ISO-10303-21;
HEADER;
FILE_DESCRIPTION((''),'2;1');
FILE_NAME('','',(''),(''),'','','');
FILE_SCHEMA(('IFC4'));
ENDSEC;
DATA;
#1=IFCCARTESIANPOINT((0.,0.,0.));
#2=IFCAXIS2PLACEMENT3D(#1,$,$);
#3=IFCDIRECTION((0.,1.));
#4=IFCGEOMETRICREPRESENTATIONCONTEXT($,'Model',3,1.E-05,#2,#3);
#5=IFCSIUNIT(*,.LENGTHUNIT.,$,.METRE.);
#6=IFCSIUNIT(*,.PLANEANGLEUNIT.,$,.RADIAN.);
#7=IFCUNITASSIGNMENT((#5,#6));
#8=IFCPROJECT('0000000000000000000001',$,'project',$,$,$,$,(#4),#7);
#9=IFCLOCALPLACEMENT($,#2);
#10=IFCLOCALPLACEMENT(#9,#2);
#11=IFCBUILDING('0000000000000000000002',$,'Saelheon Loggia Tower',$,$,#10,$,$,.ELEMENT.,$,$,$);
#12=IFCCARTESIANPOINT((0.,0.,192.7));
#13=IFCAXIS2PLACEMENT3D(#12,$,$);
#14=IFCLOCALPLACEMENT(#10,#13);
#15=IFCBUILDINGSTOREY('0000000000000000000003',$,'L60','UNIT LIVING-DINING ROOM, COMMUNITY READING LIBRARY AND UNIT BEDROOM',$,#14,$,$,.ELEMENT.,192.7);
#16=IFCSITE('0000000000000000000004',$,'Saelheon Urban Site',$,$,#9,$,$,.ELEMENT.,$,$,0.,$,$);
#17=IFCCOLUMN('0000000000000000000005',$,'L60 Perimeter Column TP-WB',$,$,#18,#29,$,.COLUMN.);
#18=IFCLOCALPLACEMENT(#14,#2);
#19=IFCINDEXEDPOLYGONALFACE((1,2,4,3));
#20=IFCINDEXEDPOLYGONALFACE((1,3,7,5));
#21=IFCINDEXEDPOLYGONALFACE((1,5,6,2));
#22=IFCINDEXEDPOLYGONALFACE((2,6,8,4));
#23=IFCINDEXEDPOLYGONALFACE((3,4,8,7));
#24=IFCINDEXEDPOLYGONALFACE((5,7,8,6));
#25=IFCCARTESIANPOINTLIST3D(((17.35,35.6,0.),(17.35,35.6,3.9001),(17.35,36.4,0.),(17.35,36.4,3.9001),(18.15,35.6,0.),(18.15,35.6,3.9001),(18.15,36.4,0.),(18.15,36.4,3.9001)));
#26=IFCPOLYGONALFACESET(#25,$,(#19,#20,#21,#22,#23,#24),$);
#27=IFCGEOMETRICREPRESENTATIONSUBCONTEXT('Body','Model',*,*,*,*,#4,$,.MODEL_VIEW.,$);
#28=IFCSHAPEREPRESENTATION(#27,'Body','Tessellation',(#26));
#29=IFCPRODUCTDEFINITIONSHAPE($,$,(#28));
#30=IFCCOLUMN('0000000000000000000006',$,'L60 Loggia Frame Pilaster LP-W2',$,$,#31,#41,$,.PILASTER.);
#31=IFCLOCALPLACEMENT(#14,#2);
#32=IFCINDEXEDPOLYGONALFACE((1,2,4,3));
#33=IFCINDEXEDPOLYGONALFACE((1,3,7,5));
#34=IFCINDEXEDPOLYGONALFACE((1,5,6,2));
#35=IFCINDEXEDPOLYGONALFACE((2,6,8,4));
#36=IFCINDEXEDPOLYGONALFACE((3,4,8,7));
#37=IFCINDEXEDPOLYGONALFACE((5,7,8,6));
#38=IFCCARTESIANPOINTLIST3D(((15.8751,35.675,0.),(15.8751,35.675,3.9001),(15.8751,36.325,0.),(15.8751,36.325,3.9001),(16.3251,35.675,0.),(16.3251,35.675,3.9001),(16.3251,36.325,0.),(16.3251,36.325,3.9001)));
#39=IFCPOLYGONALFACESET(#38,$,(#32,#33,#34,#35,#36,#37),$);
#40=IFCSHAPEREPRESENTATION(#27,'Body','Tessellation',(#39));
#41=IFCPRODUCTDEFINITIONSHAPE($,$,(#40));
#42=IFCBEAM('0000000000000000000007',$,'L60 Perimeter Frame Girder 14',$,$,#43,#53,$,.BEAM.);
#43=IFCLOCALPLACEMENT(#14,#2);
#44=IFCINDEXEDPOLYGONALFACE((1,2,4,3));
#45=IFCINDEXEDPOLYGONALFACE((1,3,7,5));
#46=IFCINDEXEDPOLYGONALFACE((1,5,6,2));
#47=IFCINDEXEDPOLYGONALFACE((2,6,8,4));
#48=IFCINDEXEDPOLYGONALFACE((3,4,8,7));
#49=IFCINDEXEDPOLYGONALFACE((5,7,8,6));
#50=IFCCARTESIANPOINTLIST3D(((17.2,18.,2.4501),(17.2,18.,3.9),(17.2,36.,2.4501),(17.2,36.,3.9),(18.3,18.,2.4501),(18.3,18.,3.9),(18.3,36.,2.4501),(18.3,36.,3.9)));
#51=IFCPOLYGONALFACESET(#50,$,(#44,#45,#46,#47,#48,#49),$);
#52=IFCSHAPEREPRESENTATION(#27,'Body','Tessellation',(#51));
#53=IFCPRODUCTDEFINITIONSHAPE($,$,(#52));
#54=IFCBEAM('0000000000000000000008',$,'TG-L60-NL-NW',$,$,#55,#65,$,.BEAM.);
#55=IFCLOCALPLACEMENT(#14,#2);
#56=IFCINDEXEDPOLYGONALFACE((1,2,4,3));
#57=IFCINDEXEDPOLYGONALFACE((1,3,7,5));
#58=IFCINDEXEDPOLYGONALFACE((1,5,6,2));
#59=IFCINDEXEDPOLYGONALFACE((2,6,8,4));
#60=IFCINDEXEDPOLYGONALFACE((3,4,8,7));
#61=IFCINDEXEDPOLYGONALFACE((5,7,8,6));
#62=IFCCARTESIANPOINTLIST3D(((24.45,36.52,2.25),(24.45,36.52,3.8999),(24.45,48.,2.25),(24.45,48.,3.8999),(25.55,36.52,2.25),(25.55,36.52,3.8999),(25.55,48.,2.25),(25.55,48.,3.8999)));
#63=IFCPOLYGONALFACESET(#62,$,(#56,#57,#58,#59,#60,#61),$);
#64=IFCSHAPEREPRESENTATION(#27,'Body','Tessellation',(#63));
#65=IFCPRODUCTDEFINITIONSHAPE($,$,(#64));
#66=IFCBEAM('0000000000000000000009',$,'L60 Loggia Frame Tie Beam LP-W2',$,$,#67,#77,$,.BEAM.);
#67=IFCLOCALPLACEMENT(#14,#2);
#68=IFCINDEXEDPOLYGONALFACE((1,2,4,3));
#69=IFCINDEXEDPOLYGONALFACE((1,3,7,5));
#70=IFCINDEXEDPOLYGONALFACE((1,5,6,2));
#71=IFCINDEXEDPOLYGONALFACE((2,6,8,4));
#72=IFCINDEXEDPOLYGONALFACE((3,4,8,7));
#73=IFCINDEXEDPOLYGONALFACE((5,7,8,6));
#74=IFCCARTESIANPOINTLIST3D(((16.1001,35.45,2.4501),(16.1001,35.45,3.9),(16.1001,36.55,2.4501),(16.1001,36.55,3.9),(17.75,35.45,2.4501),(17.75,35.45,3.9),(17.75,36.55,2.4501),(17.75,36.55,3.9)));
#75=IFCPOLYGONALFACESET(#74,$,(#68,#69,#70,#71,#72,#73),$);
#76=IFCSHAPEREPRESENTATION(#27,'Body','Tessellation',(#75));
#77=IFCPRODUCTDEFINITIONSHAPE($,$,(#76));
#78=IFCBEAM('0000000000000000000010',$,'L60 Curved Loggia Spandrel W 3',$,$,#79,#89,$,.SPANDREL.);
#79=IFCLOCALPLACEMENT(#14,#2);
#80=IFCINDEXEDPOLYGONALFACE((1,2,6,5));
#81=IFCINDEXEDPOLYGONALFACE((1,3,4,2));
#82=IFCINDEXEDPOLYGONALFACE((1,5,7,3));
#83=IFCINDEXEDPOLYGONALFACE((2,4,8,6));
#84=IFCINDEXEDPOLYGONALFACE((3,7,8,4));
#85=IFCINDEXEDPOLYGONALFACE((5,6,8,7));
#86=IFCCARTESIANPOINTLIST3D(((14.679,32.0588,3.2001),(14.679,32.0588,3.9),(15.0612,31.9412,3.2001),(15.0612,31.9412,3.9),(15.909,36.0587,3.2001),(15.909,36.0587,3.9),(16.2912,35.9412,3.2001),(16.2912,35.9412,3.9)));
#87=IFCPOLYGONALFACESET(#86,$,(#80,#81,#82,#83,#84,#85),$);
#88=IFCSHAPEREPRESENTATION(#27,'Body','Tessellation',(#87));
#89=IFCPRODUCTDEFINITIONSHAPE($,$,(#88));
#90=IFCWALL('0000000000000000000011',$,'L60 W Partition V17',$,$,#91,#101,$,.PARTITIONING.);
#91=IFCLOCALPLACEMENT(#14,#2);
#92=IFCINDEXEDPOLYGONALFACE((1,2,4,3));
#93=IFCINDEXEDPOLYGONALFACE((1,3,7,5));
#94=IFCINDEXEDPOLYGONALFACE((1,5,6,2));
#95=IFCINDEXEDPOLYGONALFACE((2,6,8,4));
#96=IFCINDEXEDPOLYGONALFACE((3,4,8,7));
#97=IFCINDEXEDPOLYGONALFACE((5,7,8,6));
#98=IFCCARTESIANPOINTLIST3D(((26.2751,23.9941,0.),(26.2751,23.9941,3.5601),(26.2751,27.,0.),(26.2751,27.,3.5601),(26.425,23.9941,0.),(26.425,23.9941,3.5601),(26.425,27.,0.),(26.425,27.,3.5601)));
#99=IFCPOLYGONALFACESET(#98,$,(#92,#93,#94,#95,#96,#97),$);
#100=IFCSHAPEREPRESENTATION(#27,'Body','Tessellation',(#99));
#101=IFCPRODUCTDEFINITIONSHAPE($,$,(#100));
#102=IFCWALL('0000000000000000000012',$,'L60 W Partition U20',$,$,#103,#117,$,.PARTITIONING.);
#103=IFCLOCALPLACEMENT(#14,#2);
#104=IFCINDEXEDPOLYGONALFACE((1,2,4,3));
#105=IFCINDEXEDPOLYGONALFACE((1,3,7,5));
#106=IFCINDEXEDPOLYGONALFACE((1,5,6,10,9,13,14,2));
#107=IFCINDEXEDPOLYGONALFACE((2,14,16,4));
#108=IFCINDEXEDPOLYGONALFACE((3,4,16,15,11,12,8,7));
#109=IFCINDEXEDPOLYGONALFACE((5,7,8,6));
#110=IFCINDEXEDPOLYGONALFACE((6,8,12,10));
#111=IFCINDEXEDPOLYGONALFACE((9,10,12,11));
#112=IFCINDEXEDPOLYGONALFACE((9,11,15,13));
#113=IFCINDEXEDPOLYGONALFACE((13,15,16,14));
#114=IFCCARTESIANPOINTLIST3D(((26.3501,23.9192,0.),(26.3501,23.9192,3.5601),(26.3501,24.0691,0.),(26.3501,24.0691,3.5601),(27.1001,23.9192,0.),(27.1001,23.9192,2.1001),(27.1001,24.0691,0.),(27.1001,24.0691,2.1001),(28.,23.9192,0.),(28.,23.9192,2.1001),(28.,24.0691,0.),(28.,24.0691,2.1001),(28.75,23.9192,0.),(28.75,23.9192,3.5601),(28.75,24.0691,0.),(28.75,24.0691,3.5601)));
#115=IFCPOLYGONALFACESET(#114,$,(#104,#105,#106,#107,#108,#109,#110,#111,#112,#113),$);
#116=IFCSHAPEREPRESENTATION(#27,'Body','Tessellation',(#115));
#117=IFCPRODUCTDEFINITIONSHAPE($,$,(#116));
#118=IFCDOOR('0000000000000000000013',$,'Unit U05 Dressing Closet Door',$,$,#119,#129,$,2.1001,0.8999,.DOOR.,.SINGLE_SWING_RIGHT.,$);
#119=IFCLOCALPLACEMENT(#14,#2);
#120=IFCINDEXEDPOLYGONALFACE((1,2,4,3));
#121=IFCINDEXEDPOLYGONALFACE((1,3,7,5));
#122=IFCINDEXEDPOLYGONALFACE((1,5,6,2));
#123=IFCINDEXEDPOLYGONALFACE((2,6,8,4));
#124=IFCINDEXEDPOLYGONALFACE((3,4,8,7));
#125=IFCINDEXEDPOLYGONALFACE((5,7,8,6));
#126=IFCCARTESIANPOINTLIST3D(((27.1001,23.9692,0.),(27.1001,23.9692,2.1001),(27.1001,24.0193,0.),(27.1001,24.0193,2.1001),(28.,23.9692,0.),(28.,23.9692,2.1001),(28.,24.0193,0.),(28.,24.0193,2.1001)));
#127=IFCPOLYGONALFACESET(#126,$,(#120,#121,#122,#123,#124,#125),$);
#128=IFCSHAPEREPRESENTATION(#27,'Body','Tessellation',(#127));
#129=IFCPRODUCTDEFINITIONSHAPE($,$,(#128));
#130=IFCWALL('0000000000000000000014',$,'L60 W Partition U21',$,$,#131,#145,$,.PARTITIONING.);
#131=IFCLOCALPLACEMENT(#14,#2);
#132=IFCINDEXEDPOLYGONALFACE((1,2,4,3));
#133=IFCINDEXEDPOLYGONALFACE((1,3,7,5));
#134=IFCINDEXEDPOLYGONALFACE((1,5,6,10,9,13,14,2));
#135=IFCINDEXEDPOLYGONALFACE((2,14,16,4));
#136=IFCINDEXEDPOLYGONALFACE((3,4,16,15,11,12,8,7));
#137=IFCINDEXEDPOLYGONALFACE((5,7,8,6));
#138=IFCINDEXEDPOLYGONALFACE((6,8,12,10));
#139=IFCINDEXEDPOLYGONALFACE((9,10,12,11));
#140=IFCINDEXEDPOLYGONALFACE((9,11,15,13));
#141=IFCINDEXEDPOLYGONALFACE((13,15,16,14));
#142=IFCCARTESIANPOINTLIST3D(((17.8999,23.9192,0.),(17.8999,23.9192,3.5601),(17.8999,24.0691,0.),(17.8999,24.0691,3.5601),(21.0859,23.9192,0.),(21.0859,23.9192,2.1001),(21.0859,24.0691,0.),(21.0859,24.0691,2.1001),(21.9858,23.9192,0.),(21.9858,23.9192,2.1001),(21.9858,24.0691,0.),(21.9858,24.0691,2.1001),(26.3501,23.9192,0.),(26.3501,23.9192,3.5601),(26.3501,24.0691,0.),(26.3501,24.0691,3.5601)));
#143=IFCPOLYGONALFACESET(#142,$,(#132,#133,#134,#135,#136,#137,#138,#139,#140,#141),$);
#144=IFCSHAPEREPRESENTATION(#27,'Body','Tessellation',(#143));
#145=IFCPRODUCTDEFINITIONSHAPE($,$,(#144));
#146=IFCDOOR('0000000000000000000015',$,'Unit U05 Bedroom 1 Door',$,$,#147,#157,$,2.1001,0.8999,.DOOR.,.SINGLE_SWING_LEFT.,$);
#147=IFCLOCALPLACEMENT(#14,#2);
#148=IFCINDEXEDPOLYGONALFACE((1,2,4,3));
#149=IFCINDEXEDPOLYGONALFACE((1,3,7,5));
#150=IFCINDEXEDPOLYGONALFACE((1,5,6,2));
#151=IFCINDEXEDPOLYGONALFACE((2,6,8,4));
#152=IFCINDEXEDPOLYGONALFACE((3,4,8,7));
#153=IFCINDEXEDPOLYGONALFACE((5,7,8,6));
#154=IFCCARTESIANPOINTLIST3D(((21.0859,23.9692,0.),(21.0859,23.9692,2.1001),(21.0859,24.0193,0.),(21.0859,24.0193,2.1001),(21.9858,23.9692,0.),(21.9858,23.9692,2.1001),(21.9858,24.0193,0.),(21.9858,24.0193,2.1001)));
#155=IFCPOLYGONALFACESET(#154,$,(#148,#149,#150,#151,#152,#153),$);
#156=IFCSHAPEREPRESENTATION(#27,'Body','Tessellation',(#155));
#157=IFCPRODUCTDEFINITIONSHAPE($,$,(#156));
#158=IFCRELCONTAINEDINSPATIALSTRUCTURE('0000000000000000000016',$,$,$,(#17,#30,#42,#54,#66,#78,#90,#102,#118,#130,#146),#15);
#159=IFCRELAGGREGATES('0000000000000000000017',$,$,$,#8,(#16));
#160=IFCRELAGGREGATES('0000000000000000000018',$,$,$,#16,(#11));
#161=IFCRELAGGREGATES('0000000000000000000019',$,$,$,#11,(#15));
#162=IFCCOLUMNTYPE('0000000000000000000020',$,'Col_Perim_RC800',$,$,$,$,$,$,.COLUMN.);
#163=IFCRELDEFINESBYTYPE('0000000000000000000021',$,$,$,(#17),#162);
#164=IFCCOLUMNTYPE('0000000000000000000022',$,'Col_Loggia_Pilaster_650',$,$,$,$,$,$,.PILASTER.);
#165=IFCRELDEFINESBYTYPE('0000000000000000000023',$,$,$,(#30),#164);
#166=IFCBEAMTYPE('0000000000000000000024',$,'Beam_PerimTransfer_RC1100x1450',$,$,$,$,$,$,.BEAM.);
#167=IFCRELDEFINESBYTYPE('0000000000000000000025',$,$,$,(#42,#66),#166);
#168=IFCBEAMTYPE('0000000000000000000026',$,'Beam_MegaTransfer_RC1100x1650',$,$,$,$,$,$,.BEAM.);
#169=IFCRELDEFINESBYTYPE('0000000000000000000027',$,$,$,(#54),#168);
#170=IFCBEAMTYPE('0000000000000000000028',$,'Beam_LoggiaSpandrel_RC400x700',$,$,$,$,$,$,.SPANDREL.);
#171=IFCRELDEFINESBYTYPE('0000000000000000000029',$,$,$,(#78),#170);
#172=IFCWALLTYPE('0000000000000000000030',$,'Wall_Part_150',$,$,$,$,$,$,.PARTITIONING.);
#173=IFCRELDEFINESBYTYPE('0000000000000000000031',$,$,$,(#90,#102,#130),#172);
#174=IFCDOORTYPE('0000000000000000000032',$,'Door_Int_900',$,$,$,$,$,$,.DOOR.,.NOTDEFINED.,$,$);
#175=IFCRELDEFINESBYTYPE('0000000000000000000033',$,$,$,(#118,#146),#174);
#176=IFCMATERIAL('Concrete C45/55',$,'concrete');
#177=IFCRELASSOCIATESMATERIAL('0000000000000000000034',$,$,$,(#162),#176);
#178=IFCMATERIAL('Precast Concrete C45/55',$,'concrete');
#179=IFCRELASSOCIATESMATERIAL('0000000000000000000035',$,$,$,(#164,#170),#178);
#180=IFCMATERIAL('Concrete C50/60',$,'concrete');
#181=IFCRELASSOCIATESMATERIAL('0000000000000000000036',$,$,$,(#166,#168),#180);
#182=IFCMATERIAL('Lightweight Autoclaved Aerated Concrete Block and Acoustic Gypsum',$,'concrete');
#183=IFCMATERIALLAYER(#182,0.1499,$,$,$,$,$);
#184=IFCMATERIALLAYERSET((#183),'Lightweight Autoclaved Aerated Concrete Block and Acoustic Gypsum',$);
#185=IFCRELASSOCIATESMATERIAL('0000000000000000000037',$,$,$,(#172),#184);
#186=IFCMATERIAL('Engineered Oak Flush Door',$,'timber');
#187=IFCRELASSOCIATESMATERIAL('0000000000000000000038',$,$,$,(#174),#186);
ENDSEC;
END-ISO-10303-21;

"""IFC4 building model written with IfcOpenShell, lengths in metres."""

from ifc_helpers import new_model, si_unit, direction, frame, frame_2d, origin, origin_2d, place, context, subcontext, project, spatial, rectangle, extrude, source, transform, mapped, material, layer, layer_set, material_profile, profile_set, type_object, element, fill, save


model = new_model("IFC4")

# Units and contexts
model_context = context("Model", 3, precision=1e-05, world=origin(), true_north=direction((0.0, 1.0)))
body_context = subcontext(model_context, "Body", "Model", "MODEL_VIEW")
ifc_project = project(units=[si_unit("LENGTHUNIT", "METRE"), si_unit("PLANEANGLEUNIT", "RADIAN")], contexts=[model_context])

# Site, building, storey
site_placement = place(None, origin())
site = spatial("IfcSite", under=ifc_project, at=site_placement, Name="Saelheon Urban Site", CompositionType="ELEMENT", RefElevation=0.0)
building_placement = place(site_placement, origin())
building = spatial("IfcBuilding", under=site, at=building_placement, Name="Saelheon Loggia Tower", CompositionType="ELEMENT")
storey_placement = place(building_placement, frame((0.0, 0.0, 192.7)))
storey = spatial("IfcBuildingStorey", under=building, at=storey_placement, Name="L60", Description="UNIT LIVING-DINING ROOM, COMMUNITY READING LIBRARY AND UNIT BEDROOM", CompositionType="ELEMENT", Elevation=192.7)

# Columns
ifc_material_1 = material(Name="Concrete C45/55", Category="concrete")
ifc_material_profile_1 = material_profile(ifc_material_1, rectangle(XDim=0.8, YDim=0.8, at=origin_2d()), Name="RC-800x800")
ifc_profile_set_1 = profile_set([ifc_material_profile_1], Name="Concrete C45/55")
column_type_1 = type_object("IfcColumnType", Name="Col_Perim_RC800", PredefinedType="COLUMN", material=ifc_profile_set_1)
shared_shape_1 = source(origin(), body_context, "Body", "SweptSolid", [
    extrude(rectangle(XDim=0.8, YDim=0.8, at=origin_2d()), origin(), (0.0, 0.0, 1.0), 3.9001),
])
column_1_placement = place(storey_placement, frame((17.75, 36.0, 0.0), z_axis=(0.0, 0.0, 1.0), x_axis=(1.0, 0.0, 0.0)))
element("IfcColumn", 1, at=column_1_placement, inside=storey, type_object=column_type_1, Name="L60 Perimeter Column TP-WB", PredefinedType="COLUMN", context=body_context, shape_type="MappedRepresentation", body=[
    mapped(shared_shape_1, transform((0.0, 0.0, 0.0), scale=1.0)),
])
ifc_material_2 = material(Name="Precast Concrete C45/55", Category="concrete")
ifc_material_profile_2 = material_profile(ifc_material_2, rectangle(XDim=0.45, YDim=0.6499, at=origin_2d()), Name="RC-450x650")
ifc_profile_set_2 = profile_set([ifc_material_profile_2], Name="Precast Concrete C45/55")
column_type_2 = type_object("IfcColumnType", Name="Col_Loggia_Pilaster_650", PredefinedType="PILASTER", material=ifc_profile_set_2)
shared_shape_2 = source(origin(), body_context, "Body", "SweptSolid", [
    extrude(rectangle(XDim=0.45, YDim=0.6499, at=origin_2d()), origin(), (0.0, 0.0, 1.0), 3.9001),
])
column_2_placement = place(storey_placement, frame((16.1001, 36.0, 0.0), z_axis=(0.0, 0.0, 1.0), x_axis=(1.0, 0.0, 0.0)))
element("IfcColumn", 2, at=column_2_placement, inside=storey, type_object=column_type_2, Name="L60 Loggia Frame Pilaster LP-W2", PredefinedType="PILASTER", context=body_context, shape_type="MappedRepresentation", body=[
    mapped(shared_shape_2, transform((0.0, 0.0, 0.0), scale=1.0)),
])

# Beams
ifc_material_3 = material(Name="Concrete C50/60", Category="concrete")
ifc_material_profile_3 = material_profile(ifc_material_3, rectangle(XDim=1.1001, YDim=1.45, at=origin_2d()), Name="RC-1100x1450")
ifc_profile_set_3 = profile_set([ifc_material_profile_3], Name="Concrete C50/60")
beam_type_1 = type_object("IfcBeamType", Name="Beam_PerimTransfer_RC1100x1450", PredefinedType="BEAM", material=ifc_profile_set_3)
shared_shape_3 = source(origin(), body_context, "Body", "SweptSolid", [
    extrude(rectangle(XDim=1.1001, YDim=1.45, at=origin_2d()), origin(), (0.0, 0.0, 1.0), 18.0),
])
beam_1_placement = place(storey_placement, frame((17.75, 36.0, 3.175), z_axis=(0.0, -1.0, 0.0), x_axis=(1.0, 0.0, 0.0)))
element("IfcBeam", 3, at=beam_1_placement, inside=storey, type_object=beam_type_1, Name="L60 Perimeter Frame Girder 14", PredefinedType="BEAM", context=body_context, shape_type="MappedRepresentation", body=[
    mapped(shared_shape_3, transform((0.0, 0.0, 0.0), scale=1.0)),
])
ifc_material_profile_4 = material_profile(ifc_material_3, rectangle(XDim=1.1001, YDim=1.6499, at=origin_2d()), Name="RC-1100x1650")
ifc_profile_set_4 = profile_set([ifc_material_profile_4], Name="Concrete C50/60")
beam_type_2 = type_object("IfcBeamType", Name="Beam_MegaTransfer_RC1100x1650", PredefinedType="BEAM", material=ifc_profile_set_4)
shared_shape_4 = source(origin(), body_context, "Body", "SweptSolid", [
    extrude(rectangle(XDim=1.1001, YDim=1.6499, at=origin_2d()), origin(), (0.0, 0.0, 1.0), 11.48),
])
beam_2_placement = place(storey_placement, frame((25.0, 36.52, 3.075), z_axis=(0.0, 1.0, 0.0), x_axis=(-1.0, 0.0, 0.0)))
element("IfcBeam", 4, at=beam_2_placement, inside=storey, type_object=beam_type_2, Name="TG-L60-NL-NW", PredefinedType="BEAM", context=body_context, shape_type="MappedRepresentation", body=[
    mapped(shared_shape_4, transform((0.0, 0.0, 0.0), scale=1.0)),
])
shared_shape_5 = source(origin(), body_context, "Body", "SweptSolid", [
    extrude(rectangle(XDim=1.1001, YDim=1.45, at=origin_2d()), origin(), (0.0, 0.0, 1.0), 1.6499),
])
beam_3_placement = place(storey_placement, frame((17.75, 36.0, 3.175), z_axis=(-1.0, 0.0, 0.0), x_axis=(0.0, -1.0, 0.0)))
element("IfcBeam", 5, at=beam_3_placement, inside=storey, type_object=beam_type_1, Name="L60 Loggia Frame Tie Beam LP-W2", PredefinedType="BEAM", context=body_context, shape_type="MappedRepresentation", body=[
    mapped(shared_shape_5, transform((0.0, 0.0, 0.0), scale=1.0)),
])
ifc_material_profile_5 = material_profile(ifc_material_2, rectangle(XDim=0.3999, YDim=0.7, at=origin_2d()), Name="RC-400x700")
ifc_profile_set_5 = profile_set([ifc_material_profile_5], Name="Precast Concrete C45/55")
beam_type_3 = type_object("IfcBeamType", Name="Beam_LoggiaSpandrel_RC400x700", PredefinedType="SPANDREL", material=ifc_profile_set_5)
shared_shape_6 = source(origin(), body_context, "Body", "SweptSolid", [
    extrude(rectangle(XDim=0.3999, YDim=0.7, at=origin_2d()), origin(), (0.0, 0.0, 1.0), 4.1848),
])
beam_4_placement = place(storey_placement, frame((14.8701, 32.0, 3.55), z_axis=(0.293914, 0.955832, 0.0), x_axis=(-0.955832, 0.293914, 0.0)))
element("IfcBeam", 6, at=beam_4_placement, inside=storey, type_object=beam_type_3, Name="L60 Curved Loggia Spandrel W 3", PredefinedType="SPANDREL", context=body_context, shape_type="MappedRepresentation", body=[
    mapped(shared_shape_6, transform((0.0, 0.0, 0.0), scale=1.0)),
])

# Wall
ifc_material_4 = material(Name="Lightweight Autoclaved Aerated Concrete Block and Acoustic Gypsum", Category="concrete")
ifc_layer_1 = layer(ifc_material_4, 0.1499)
ifc_layer_set_1 = layer_set([ifc_layer_1], Name="Lightweight Autoclaved Aerated Concrete Block and Acoustic Gypsum")
wall_type_1 = type_object("IfcWallType", Name="Wall_Part_150", PredefinedType="PARTITIONING", material=ifc_layer_set_1)
wall_1_placement = place(storey_placement, frame((26.3501, 23.9941, 0.0), z_axis=(0.0, 0.0, 1.0), x_axis=(0.0, 1.0, 0.0)))
element("IfcWall", 7, at=wall_1_placement, inside=storey, type_object=wall_type_1, Name="L60 W Partition V17", PredefinedType="PARTITIONING", context=body_context, shape_type="SweptSolid", body=[
    extrude(rectangle(XDim=3.0059, YDim=0.1499, at=frame_2d((1.5029, 0.0))), origin(), (0.0, 0.0, 1.0), 3.5601),
])

# Walls, openings, doors
wall_2_placement = place(storey_placement, frame((28.75, 23.9941, 0.0), z_axis=(0.0, 0.0, 1.0), x_axis=(-1.0, 0.0, 0.0)))
wall_2 = element("IfcWall", 8, at=wall_2_placement, inside=storey, type_object=wall_type_1, Name="L60 W Partition U20", PredefinedType="PARTITIONING", context=body_context, shape_type="SweptSolid", body=[
    extrude(rectangle(XDim=2.3999, YDim=0.1499, at=frame_2d((1.2, 0.0))), origin(), (0.0, 0.0, 1.0), 3.5601),
])
opening_1_placement = place(wall_2_placement, frame((0.75, 0.0, 0.0)))
opening_1 = element("IfcOpeningElement", 9, at=opening_1_placement, cuts=wall_2, PredefinedType="OPENING", context=body_context, shape_type="SweptSolid", body=[
    extrude(rectangle(XDim=0.8999, YDim=2.1001, at=frame_2d((0.45, 1.05))), frame((0.0, 0.0869, 0.0), z_axis=(0.0, -1.0, 0.0), x_axis=(1.0, 0.0, 0.0)), (0.0, 0.0, 1.0), 0.1738),
])
ifc_material_5 = material(Name="Engineered Oak Flush Door", Category="timber")
door_type = type_object("IfcDoorType", Name="Door_Int_900", OperationType="NOTDEFINED", PredefinedType="DOOR", material=ifc_material_5)
shared_shape_7 = source(origin(), body_context, "Body", "SweptSolid", [
    extrude(rectangle(XDim=0.8999, YDim=2.1001, at=frame_2d((0.45, 1.05))), frame((0.0, 0.0249, 0.0), z_axis=(0.0, -1.0, 0.0), x_axis=(1.0, 0.0, 0.0)), (0.0, 0.0, 1.0), 0.05),
])
door_1_placement = place(opening_1_placement, origin())
door_1 = element("IfcDoor", 10, at=door_1_placement, inside=storey, type_object=door_type, Name="Unit U05 Dressing Closet Door", OperationType="SINGLE_SWING_RIGHT", OverallHeight=2.1001, OverallWidth=0.8999, PredefinedType="DOOR", context=body_context, shape_type="MappedRepresentation", body=[
    mapped(shared_shape_7, transform((0.0, 0.0, 0.0), scale=1.0)),
])
fill(opening_1, door_1)
wall_3_placement = place(storey_placement, frame((26.3501, 23.9941, 0.0), z_axis=(0.0, 0.0, 1.0), x_axis=(-1.0, 0.0, 0.0)))
wall_3 = element("IfcWall", 11, at=wall_3_placement, inside=storey, type_object=wall_type_1, Name="L60 W Partition U21", PredefinedType="PARTITIONING", context=body_context, shape_type="SweptSolid", body=[
    extrude(rectangle(XDim=8.4502, YDim=0.1499, at=frame_2d((4.2251, 0.0))), origin(), (0.0, 0.0, 1.0), 3.5601),
])
opening_2_placement = place(wall_3_placement, frame((4.3643, 0.0, 0.0)))
opening_2 = element("IfcOpeningElement", 12, at=opening_2_placement, cuts=wall_3, PredefinedType="OPENING", context=body_context, shape_type="SweptSolid", body=[
    extrude(rectangle(XDim=0.8999, YDim=2.1001, at=frame_2d((0.45, 1.05))), frame((0.0, 0.0869, 0.0), z_axis=(0.0, -1.0, 0.0), x_axis=(1.0, 0.0, 0.0)), (0.0, 0.0, 1.0), 0.1738),
])
door_2_placement = place(opening_2_placement, origin())
door_2 = element("IfcDoor", 13, at=door_2_placement, inside=storey, type_object=door_type, Name="Unit U05 Bedroom 1 Door", OperationType="SINGLE_SWING_LEFT", OverallHeight=2.1001, OverallWidth=0.8999, PredefinedType="DOOR", context=body_context, shape_type="MappedRepresentation", body=[
    mapped(shared_shape_7, transform((0.0, 0.0, 0.0), scale=1.0)),
])
fill(opening_2, door_2)

save(model, "model.ifc")
